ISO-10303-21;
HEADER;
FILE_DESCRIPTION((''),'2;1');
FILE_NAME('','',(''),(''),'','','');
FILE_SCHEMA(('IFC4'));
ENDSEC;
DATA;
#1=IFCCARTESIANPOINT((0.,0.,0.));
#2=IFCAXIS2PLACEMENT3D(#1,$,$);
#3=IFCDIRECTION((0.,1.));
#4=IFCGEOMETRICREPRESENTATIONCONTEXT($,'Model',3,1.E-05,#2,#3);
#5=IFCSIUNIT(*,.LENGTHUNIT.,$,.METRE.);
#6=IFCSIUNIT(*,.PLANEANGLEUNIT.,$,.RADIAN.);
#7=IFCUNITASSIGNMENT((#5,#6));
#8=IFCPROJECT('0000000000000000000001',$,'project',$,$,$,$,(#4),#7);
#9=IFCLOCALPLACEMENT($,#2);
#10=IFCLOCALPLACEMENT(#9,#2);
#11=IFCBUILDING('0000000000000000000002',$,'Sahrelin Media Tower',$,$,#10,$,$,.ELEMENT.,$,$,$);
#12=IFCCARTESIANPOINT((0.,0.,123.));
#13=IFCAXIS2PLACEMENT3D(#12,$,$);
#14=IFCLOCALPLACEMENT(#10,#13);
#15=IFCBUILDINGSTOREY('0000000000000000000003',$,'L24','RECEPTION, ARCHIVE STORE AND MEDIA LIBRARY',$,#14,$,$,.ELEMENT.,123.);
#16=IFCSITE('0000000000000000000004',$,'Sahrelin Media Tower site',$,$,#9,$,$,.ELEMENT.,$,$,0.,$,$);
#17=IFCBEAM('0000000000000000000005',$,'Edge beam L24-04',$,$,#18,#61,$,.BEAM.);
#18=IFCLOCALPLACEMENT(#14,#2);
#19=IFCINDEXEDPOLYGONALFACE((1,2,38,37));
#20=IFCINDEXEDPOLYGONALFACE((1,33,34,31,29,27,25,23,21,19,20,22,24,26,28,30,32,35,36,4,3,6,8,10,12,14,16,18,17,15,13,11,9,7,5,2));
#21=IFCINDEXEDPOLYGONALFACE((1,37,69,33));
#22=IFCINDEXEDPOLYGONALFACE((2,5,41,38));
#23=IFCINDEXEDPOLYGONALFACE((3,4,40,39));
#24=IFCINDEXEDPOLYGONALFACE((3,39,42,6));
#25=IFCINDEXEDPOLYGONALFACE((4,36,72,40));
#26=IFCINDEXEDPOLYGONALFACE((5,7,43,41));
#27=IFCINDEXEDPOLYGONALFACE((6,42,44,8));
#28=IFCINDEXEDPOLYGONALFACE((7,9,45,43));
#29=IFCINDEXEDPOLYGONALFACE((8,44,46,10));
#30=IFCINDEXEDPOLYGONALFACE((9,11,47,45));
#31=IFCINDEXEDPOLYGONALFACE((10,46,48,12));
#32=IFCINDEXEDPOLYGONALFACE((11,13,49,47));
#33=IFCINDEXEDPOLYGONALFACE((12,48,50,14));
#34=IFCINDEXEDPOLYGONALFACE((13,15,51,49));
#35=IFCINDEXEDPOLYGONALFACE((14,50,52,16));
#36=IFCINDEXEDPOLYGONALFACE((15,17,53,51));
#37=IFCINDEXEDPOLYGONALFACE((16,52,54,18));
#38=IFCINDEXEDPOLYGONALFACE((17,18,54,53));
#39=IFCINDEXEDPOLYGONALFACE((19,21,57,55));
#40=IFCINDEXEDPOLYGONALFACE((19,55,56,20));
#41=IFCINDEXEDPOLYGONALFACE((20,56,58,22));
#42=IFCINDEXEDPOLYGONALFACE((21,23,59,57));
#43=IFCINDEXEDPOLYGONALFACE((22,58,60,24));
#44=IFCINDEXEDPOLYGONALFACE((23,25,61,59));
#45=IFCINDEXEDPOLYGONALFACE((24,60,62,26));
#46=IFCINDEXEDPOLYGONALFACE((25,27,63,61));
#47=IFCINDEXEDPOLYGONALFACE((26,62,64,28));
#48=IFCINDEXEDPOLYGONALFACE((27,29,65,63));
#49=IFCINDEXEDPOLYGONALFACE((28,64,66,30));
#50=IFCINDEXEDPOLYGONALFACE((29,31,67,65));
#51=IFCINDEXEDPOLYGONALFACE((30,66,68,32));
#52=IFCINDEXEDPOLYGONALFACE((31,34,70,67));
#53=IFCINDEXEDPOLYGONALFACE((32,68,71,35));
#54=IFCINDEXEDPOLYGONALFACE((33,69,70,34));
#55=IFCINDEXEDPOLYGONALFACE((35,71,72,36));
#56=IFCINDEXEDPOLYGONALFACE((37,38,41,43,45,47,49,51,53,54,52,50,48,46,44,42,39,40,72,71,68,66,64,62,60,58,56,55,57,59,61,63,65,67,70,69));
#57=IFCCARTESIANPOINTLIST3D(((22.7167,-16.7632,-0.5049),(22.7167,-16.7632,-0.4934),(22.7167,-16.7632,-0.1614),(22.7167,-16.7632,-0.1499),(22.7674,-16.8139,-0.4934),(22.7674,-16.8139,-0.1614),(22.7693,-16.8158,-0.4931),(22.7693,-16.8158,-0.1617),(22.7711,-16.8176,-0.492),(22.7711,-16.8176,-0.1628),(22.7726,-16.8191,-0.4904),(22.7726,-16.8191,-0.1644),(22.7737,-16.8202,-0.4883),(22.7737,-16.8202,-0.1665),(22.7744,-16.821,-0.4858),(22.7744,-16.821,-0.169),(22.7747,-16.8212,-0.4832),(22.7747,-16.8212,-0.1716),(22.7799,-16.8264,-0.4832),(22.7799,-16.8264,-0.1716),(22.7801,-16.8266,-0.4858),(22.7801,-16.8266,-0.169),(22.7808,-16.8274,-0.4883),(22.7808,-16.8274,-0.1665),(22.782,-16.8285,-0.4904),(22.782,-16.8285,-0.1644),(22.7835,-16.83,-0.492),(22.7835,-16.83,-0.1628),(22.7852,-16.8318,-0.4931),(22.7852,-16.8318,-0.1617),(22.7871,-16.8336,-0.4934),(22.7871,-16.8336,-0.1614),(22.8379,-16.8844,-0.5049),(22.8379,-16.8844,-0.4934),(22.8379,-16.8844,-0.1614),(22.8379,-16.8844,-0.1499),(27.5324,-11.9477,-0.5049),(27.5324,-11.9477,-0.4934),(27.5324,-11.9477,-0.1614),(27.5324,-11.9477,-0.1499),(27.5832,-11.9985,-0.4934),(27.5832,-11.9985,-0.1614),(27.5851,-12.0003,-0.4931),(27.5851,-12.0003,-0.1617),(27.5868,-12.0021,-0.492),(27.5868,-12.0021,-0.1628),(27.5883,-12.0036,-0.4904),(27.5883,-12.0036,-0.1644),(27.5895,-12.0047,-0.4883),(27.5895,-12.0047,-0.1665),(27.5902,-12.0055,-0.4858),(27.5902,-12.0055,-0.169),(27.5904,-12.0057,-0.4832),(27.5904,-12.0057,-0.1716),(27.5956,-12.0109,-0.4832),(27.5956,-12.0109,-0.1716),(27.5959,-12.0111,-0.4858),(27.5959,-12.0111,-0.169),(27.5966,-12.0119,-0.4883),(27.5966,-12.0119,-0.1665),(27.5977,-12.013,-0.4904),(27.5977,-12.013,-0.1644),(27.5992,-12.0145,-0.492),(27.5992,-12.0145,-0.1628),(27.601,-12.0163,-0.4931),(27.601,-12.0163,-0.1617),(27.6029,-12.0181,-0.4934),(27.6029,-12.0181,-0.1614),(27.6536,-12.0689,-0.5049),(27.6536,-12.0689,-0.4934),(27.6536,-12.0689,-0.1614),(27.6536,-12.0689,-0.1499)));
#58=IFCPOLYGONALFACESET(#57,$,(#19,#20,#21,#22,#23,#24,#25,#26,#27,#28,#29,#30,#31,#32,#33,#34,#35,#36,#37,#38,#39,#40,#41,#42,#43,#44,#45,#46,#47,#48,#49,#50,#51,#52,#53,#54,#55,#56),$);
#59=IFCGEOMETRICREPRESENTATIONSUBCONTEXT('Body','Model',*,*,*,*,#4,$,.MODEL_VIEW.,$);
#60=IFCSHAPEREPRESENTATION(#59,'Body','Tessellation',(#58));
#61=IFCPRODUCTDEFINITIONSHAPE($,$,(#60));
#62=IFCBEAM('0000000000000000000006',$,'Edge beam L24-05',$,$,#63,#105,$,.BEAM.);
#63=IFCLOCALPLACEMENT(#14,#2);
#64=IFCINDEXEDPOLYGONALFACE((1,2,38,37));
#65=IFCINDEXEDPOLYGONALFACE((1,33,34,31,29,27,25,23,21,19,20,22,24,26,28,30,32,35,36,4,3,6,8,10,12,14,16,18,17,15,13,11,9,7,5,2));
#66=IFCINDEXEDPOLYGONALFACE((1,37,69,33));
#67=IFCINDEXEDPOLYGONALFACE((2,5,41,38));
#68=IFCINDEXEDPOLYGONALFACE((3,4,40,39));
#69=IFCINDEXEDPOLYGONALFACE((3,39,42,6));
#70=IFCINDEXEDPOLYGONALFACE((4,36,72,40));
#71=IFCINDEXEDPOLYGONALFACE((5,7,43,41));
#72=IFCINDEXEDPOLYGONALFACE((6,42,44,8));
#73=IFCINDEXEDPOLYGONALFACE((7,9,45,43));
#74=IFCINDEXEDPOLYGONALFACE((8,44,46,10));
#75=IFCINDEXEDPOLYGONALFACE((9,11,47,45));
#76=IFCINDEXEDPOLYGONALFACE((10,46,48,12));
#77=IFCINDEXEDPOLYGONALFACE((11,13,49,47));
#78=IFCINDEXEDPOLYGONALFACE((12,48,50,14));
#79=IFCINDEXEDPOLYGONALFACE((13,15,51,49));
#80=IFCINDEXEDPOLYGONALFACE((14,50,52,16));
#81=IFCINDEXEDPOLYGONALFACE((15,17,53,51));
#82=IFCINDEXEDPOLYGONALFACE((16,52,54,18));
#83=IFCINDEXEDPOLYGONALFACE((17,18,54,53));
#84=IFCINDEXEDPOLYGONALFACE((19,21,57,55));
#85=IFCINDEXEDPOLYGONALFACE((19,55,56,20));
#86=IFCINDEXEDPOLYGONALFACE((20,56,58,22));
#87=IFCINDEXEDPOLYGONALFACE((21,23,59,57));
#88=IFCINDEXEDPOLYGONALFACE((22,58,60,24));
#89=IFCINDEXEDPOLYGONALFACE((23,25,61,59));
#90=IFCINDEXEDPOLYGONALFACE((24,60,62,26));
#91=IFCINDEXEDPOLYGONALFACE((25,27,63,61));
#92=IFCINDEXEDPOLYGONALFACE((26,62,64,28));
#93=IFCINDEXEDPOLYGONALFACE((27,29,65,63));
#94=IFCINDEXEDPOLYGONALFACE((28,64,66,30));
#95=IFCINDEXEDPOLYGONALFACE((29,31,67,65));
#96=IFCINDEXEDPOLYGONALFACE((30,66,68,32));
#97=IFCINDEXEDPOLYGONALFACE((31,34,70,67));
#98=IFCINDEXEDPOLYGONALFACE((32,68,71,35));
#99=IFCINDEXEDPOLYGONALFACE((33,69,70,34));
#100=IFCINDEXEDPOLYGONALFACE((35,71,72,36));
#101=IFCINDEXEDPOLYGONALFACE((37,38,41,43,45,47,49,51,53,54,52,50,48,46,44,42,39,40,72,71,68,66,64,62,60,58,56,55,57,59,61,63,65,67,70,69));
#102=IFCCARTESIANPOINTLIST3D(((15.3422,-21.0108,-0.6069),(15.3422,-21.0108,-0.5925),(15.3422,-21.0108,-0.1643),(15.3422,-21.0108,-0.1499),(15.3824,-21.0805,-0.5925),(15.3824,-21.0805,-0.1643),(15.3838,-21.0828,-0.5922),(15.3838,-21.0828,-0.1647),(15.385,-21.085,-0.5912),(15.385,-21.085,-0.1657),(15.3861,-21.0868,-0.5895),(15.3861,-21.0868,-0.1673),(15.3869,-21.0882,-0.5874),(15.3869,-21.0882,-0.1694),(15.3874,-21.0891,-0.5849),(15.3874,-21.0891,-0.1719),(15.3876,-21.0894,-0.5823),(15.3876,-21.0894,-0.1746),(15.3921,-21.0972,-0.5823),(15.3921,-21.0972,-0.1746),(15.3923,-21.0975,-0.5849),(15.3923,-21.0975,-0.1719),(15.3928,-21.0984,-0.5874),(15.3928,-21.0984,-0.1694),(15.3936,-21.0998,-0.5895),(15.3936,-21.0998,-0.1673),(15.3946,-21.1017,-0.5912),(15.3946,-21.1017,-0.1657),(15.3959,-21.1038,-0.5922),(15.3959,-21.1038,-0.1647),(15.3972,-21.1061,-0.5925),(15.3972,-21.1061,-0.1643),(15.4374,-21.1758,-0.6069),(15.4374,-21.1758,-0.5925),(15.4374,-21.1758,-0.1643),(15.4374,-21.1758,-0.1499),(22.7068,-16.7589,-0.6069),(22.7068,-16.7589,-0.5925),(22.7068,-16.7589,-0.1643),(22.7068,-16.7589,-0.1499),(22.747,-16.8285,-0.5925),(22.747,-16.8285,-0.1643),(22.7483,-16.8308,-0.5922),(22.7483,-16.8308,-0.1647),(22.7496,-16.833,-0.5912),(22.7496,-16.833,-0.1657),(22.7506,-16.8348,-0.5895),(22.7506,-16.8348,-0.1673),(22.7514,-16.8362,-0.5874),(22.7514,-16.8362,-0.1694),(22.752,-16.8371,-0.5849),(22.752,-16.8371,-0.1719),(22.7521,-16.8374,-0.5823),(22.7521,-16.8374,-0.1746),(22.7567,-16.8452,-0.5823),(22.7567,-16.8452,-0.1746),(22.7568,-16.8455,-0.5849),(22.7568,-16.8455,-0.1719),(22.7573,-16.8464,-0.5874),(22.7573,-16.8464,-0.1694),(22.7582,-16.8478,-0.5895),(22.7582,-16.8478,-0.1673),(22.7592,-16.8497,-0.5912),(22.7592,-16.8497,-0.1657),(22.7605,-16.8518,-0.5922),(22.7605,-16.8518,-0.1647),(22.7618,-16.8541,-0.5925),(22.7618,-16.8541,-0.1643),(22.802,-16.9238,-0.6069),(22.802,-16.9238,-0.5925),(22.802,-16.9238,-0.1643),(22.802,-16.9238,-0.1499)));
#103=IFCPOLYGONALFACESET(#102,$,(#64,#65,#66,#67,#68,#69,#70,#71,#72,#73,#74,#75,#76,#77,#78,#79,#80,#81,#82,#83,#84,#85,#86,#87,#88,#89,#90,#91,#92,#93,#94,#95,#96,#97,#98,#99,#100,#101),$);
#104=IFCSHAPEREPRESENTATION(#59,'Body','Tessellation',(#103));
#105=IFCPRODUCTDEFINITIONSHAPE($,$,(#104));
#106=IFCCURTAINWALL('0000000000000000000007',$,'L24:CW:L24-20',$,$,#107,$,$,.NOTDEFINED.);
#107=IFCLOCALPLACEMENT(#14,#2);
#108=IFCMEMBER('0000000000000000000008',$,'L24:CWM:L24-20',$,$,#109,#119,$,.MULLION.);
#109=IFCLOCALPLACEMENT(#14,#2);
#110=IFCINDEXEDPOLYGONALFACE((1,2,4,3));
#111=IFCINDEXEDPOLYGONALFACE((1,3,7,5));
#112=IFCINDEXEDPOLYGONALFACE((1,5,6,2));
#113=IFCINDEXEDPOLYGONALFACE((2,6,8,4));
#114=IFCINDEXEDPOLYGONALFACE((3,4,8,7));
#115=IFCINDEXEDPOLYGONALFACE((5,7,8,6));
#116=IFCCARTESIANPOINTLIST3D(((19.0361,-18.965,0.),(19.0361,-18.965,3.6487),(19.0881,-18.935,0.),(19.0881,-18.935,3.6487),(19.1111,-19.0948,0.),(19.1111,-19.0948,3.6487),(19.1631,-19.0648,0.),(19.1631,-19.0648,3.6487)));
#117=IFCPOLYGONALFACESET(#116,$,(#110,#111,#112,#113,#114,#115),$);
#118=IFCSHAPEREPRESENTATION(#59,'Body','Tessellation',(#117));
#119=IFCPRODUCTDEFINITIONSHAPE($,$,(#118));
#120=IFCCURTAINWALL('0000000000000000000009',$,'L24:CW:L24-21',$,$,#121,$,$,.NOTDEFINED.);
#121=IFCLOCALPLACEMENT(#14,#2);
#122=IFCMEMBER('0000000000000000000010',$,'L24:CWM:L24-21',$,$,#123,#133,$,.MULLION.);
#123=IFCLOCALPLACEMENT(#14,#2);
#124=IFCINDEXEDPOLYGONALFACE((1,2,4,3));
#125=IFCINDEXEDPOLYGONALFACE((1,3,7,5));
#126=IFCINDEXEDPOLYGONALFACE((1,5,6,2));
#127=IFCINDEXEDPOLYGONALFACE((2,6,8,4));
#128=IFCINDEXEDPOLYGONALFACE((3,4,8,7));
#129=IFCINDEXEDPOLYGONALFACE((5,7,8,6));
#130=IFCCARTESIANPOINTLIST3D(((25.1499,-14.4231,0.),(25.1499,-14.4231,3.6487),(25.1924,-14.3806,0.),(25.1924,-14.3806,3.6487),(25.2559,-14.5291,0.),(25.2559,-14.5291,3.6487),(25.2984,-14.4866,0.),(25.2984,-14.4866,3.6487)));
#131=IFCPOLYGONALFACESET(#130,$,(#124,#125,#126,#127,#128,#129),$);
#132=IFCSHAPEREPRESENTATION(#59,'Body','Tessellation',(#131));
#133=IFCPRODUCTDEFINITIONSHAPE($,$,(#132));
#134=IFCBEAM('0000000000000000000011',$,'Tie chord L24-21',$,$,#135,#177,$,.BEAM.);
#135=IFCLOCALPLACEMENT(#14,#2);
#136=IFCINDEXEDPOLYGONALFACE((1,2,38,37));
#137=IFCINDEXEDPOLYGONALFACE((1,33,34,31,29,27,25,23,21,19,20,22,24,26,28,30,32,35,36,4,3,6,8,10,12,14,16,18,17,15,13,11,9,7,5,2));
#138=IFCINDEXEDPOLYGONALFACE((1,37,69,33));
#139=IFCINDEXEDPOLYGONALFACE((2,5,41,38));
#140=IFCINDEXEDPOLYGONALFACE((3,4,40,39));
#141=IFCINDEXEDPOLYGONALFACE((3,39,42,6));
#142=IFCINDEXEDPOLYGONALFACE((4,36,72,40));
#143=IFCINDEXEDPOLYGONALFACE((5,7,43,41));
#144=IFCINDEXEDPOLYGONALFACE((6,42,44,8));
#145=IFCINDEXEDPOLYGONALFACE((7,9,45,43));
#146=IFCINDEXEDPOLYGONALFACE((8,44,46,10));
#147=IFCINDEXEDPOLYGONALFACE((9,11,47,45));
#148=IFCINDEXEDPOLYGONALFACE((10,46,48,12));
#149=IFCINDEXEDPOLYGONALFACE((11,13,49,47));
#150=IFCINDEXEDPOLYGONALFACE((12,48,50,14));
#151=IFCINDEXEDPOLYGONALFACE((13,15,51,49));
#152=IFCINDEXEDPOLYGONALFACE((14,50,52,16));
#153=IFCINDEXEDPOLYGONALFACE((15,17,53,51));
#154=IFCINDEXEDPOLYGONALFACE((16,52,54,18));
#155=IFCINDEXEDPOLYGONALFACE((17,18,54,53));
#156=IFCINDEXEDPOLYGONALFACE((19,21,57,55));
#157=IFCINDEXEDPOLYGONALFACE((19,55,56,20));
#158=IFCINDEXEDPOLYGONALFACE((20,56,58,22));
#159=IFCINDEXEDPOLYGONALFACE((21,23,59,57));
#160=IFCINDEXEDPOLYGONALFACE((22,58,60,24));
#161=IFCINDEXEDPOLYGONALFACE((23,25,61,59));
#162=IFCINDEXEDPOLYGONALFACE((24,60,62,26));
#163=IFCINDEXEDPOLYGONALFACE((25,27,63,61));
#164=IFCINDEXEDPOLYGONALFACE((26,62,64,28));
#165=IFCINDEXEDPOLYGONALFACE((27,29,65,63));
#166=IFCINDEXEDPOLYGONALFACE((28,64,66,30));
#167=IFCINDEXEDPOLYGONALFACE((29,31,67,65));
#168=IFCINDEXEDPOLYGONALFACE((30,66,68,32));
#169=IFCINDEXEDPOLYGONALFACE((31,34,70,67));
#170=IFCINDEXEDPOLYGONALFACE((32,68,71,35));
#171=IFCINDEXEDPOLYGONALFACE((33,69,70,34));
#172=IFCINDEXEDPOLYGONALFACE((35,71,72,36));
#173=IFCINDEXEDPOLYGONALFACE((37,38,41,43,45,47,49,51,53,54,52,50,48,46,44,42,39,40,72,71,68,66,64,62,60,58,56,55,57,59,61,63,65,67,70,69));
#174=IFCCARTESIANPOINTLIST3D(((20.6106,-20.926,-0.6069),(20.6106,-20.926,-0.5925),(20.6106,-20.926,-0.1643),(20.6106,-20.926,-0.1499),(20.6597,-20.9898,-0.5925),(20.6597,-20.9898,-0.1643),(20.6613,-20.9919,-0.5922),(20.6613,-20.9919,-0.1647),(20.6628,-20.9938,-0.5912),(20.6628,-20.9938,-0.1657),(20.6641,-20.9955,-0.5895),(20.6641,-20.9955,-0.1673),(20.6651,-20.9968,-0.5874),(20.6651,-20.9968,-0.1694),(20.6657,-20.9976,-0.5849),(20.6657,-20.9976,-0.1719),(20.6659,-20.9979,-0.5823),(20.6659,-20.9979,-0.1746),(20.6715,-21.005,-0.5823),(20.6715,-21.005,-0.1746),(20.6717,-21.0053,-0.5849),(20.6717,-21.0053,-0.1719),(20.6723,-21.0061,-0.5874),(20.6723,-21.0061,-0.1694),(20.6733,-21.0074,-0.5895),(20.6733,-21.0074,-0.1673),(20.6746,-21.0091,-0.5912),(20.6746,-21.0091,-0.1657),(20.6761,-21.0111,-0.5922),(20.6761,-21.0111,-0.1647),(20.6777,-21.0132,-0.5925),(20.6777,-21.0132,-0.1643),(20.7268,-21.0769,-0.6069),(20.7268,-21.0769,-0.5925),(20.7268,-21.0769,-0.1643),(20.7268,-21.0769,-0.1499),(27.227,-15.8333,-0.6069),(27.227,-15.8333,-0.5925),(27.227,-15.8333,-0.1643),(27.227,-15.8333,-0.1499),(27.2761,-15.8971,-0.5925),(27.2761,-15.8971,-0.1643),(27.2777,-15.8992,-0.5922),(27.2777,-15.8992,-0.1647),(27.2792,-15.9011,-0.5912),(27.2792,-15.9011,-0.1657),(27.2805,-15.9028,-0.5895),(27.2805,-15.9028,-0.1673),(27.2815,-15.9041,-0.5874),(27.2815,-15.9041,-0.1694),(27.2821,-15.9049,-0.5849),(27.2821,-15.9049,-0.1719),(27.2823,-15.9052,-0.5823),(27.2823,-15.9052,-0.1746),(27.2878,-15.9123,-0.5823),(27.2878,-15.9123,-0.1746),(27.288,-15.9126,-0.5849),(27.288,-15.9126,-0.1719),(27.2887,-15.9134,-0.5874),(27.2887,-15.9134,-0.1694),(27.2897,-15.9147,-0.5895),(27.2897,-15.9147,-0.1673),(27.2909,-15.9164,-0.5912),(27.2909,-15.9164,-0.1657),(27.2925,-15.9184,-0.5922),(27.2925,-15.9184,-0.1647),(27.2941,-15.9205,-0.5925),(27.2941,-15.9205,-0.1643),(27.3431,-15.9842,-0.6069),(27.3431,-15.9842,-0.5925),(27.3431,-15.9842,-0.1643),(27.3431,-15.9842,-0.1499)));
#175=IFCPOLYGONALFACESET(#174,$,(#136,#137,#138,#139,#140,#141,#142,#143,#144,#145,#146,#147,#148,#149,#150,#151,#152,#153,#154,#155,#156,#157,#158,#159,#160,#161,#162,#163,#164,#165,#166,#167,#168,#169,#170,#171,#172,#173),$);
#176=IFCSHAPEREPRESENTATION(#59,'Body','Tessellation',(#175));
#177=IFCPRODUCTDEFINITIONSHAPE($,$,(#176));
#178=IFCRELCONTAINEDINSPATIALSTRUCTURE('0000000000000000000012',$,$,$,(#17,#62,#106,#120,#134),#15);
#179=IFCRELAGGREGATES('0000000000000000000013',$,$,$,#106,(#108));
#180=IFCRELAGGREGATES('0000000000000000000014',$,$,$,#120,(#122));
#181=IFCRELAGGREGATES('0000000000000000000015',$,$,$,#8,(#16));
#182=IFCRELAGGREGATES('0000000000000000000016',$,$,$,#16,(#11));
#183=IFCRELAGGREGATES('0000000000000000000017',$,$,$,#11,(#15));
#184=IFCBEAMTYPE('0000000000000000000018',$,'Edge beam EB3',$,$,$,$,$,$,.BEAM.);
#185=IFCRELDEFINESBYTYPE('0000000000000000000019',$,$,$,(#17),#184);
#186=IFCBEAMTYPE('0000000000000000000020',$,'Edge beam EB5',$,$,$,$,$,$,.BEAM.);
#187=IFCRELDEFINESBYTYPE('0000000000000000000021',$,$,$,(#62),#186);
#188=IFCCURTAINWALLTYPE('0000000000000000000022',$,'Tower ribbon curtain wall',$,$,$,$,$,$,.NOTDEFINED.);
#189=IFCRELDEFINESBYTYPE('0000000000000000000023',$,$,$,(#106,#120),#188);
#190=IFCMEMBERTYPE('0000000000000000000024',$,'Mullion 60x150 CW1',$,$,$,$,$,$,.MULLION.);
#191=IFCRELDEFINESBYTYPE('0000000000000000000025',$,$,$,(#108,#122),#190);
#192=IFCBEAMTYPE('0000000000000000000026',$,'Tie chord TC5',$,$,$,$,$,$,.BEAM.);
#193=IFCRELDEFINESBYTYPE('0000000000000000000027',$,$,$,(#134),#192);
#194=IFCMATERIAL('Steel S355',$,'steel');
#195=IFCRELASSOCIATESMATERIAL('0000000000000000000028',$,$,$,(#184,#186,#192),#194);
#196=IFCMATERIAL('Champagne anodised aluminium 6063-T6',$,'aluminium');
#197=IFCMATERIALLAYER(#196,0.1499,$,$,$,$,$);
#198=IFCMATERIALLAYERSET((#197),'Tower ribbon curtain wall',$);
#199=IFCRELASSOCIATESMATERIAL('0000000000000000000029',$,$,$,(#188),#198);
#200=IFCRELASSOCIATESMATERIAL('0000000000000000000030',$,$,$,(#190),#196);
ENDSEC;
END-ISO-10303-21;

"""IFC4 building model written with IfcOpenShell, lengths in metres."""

from ifc_helpers import new_model, si_unit, direction, frame, origin, origin_2d, place, context, subcontext, project, spatial, rectangle, i_section, extrude, material, layer, layer_set, material_profile, profile_set, type_object, element, aggregate, save


model = new_model("IFC4")

# Units and contexts
model_context = context("Model", 3, precision=1e-05, world=origin(), true_north=direction((0.0, 1.0)))
body_context = subcontext(model_context, "Body", "Model", "MODEL_VIEW")
ifc_project = project(units=[si_unit("LENGTHUNIT", "METRE"), si_unit("PLANEANGLEUNIT", "RADIAN")], contexts=[model_context])

# Site, building, storey
site_placement = place(None, origin())
site = spatial("IfcSite", under=ifc_project, at=site_placement, Name="Sahrelin Media Tower site", CompositionType="ELEMENT", RefElevation=0.0)
building_placement = place(site_placement, origin())
building = spatial("IfcBuilding", under=site, at=building_placement, Name="Sahrelin Media Tower", CompositionType="ELEMENT")
storey_placement = place(building_placement, frame((0.0, 0.0, 123.0)))
storey = spatial("IfcBuildingStorey", under=building, at=storey_placement, Name="L24", Description="RECEPTION, ARCHIVE STORE AND MEDIA LIBRARY", CompositionType="ELEMENT", Elevation=123.0)

# Beams
ifc_material_1 = material(Name="Steel S355", Category="steel")
ifc_material_profile_1 = material_profile(ifc_material_1, i_section(OverallWidth=0.1714, OverallDepth=0.355, WebThickness=0.0073, FlangeThickness=0.0115, FilletRadius=0.0103, at=origin_2d()), Name="UB 356x171x51")
ifc_profile_set_1 = profile_set([ifc_material_profile_1], Name="Steel S355")
beam_type_1 = type_object("IfcBeamType", Name="Edge beam EB3", PredefinedType="BEAM", material=ifc_profile_set_1)
beam_1_placement = place(storey_placement, frame((27.593, -12.0083, -0.3274), z_axis=(-0.707125, -0.707089, 0.0), x_axis=(0.707089, -0.707125, 0.0)))
element("IfcBeam", 1, at=beam_1_placement, inside=storey, type_object=beam_type_1, Name="Edge beam L24-04", PredefinedType="BEAM", context=body_context, shape_type="SweptSolid", body=[
    extrude(i_section(OverallWidth=0.1714, OverallDepth=0.355, WebThickness=0.0073, FlangeThickness=0.0115, FilletRadius=0.0103, at=origin_2d()), origin(), (0.0, 0.0, 1.0), 6.8103),
])
ifc_material_profile_2 = material_profile(ifc_material_1, i_section(OverallWidth=0.1904, OverallDepth=0.457, WebThickness=0.009, FlangeThickness=0.0144, FilletRadius=0.0103, at=origin_2d()), Name="UB 457x191x74")
ifc_profile_set_2 = profile_set([ifc_material_profile_2], Name="Steel S355")
beam_type_2 = type_object("IfcBeamType", Name="Edge beam EB5", PredefinedType="BEAM", material=ifc_profile_set_2)
beam_2_placement = place(storey_placement, frame((22.7544, -16.8413, -0.3784), z_axis=(-0.866023, -0.500005, 0.0), x_axis=(0.500005, -0.866023, 0.0)))
element("IfcBeam", 2, at=beam_2_placement, inside=storey, type_object=beam_type_2, Name="Edge beam L24-05", PredefinedType="BEAM", context=body_context, shape_type="SweptSolid", body=[
    extrude(i_section(OverallWidth=0.1904, OverallDepth=0.457, WebThickness=0.009, FlangeThickness=0.0144, FilletRadius=0.0103, at=origin_2d()), origin(), (0.0, 0.0, 1.0), 8.5039),
])

# Curtain walls, members
ifc_material_2 = material(Name="Champagne anodised aluminium 6063-T6", Category="aluminium")
ifc_layer_1 = layer(ifc_material_2, 0.1499)
ifc_layer_set_1 = layer_set([ifc_layer_1], Name="Tower ribbon curtain wall")
curtain_wall_type = type_object("IfcCurtainWallType", Name="Tower ribbon curtain wall", PredefinedType="NOTDEFINED", material=ifc_layer_set_1)
curtain_wall_1_placement = place(storey_placement, frame((19.1472, -19.0972, 0.0), z_axis=(0.0, 0.0, 1.0), x_axis=(1.0, 0.0, 0.0)))
curtain_wall_1 = element("IfcCurtainWall", 3, at=curtain_wall_1_placement, inside=storey, type_object=curtain_wall_type, Name="L24:CW:L24-20", PredefinedType="NOTDEFINED")
ifc_material_profile_3 = material_profile(ifc_material_2, rectangle(XDim=0.0601, YDim=0.1499, at=origin_2d()), Name="Mullion 60x150")
ifc_profile_set_3 = profile_set([ifc_material_profile_3], Name="Champagne anodised aluminium 6063-T6")
member_type_1 = type_object("IfcMemberType", Name="Mullion 60x150 CW1", PredefinedType="MULLION", material=ifc_profile_set_3)
member_1_placement = place(storey_placement, frame((19.0996, -19.0149, 0.0), z_axis=(0.0, 0.0, 1.0), x_axis=(0.866023, 0.500005, 0.0)))
member_1 = element("IfcMember", 4, at=member_1_placement, type_object=member_type_1, Name="L24:CWM:L24-20", PredefinedType="MULLION", context=body_context, shape_type="SweptSolid", body=[
    extrude(rectangle(XDim=0.0601, YDim=0.1499, at=origin_2d()), origin(), (0.0, 0.0, 1.0), 3.6487),
])
curtain_wall_2_placement = place(storey_placement, frame((25.2913, -14.522, 0.0), z_axis=(0.0, 0.0, 1.0), x_axis=(1.0, 0.0, 0.0)))
curtain_wall_2 = element("IfcCurtainWall", 5, at=curtain_wall_2_placement, inside=storey, type_object=curtain_wall_type, Name="L24:CW:L24-21", PredefinedType="NOTDEFINED")
member_2_placement = place(storey_placement, frame((25.2241, -14.4548, 0.0), z_axis=(0.0, 0.0, 1.0), x_axis=(0.707107, 0.707107, 0.0)))
member_2 = element("IfcMember", 6, at=member_2_placement, type_object=member_type_1, Name="L24:CWM:L24-21", PredefinedType="MULLION", context=body_context, shape_type="SweptSolid", body=[
    extrude(rectangle(XDim=0.0601, YDim=0.1499, at=origin_2d()), origin(), (0.0, 0.0, 1.0), 3.6487),
])

# Beam
ifc_material_profile_4 = material_profile(ifc_material_1, i_section(OverallWidth=0.1904, OverallDepth=0.457, WebThickness=0.009, FlangeThickness=0.0144, FilletRadius=0.0103, at=origin_2d()), Name="UB 457x191x74")
ifc_profile_set_4 = profile_set([ifc_material_profile_4], Name="Steel S355")
beam_type_3 = type_object("IfcBeamType", Name="Tie chord TC5", PredefinedType="BEAM", material=ifc_profile_set_4)
beam_3_placement = place(storey_placement, frame((20.6687, -21.0015, -0.3784), z_axis=(0.792439, 0.609951, 0.0), x_axis=(-0.609951, 0.792439, 0.0)))
element("IfcBeam", 7, at=beam_3_placement, inside=storey, type_object=beam_type_3, Name="Tie chord L24-21", PredefinedType="BEAM", context=body_context, shape_type="SweptSolid", body=[
    extrude(i_section(OverallWidth=0.1904, OverallDepth=0.457, WebThickness=0.009, FlangeThickness=0.0144, FilletRadius=0.0103, at=origin_2d()), origin(), (0.0, 0.0, 1.0), 8.3494),
])

aggregate(curtain_wall_1, [member_1])
aggregate(curtain_wall_2, [member_2])

save(model, "model.ifc")
